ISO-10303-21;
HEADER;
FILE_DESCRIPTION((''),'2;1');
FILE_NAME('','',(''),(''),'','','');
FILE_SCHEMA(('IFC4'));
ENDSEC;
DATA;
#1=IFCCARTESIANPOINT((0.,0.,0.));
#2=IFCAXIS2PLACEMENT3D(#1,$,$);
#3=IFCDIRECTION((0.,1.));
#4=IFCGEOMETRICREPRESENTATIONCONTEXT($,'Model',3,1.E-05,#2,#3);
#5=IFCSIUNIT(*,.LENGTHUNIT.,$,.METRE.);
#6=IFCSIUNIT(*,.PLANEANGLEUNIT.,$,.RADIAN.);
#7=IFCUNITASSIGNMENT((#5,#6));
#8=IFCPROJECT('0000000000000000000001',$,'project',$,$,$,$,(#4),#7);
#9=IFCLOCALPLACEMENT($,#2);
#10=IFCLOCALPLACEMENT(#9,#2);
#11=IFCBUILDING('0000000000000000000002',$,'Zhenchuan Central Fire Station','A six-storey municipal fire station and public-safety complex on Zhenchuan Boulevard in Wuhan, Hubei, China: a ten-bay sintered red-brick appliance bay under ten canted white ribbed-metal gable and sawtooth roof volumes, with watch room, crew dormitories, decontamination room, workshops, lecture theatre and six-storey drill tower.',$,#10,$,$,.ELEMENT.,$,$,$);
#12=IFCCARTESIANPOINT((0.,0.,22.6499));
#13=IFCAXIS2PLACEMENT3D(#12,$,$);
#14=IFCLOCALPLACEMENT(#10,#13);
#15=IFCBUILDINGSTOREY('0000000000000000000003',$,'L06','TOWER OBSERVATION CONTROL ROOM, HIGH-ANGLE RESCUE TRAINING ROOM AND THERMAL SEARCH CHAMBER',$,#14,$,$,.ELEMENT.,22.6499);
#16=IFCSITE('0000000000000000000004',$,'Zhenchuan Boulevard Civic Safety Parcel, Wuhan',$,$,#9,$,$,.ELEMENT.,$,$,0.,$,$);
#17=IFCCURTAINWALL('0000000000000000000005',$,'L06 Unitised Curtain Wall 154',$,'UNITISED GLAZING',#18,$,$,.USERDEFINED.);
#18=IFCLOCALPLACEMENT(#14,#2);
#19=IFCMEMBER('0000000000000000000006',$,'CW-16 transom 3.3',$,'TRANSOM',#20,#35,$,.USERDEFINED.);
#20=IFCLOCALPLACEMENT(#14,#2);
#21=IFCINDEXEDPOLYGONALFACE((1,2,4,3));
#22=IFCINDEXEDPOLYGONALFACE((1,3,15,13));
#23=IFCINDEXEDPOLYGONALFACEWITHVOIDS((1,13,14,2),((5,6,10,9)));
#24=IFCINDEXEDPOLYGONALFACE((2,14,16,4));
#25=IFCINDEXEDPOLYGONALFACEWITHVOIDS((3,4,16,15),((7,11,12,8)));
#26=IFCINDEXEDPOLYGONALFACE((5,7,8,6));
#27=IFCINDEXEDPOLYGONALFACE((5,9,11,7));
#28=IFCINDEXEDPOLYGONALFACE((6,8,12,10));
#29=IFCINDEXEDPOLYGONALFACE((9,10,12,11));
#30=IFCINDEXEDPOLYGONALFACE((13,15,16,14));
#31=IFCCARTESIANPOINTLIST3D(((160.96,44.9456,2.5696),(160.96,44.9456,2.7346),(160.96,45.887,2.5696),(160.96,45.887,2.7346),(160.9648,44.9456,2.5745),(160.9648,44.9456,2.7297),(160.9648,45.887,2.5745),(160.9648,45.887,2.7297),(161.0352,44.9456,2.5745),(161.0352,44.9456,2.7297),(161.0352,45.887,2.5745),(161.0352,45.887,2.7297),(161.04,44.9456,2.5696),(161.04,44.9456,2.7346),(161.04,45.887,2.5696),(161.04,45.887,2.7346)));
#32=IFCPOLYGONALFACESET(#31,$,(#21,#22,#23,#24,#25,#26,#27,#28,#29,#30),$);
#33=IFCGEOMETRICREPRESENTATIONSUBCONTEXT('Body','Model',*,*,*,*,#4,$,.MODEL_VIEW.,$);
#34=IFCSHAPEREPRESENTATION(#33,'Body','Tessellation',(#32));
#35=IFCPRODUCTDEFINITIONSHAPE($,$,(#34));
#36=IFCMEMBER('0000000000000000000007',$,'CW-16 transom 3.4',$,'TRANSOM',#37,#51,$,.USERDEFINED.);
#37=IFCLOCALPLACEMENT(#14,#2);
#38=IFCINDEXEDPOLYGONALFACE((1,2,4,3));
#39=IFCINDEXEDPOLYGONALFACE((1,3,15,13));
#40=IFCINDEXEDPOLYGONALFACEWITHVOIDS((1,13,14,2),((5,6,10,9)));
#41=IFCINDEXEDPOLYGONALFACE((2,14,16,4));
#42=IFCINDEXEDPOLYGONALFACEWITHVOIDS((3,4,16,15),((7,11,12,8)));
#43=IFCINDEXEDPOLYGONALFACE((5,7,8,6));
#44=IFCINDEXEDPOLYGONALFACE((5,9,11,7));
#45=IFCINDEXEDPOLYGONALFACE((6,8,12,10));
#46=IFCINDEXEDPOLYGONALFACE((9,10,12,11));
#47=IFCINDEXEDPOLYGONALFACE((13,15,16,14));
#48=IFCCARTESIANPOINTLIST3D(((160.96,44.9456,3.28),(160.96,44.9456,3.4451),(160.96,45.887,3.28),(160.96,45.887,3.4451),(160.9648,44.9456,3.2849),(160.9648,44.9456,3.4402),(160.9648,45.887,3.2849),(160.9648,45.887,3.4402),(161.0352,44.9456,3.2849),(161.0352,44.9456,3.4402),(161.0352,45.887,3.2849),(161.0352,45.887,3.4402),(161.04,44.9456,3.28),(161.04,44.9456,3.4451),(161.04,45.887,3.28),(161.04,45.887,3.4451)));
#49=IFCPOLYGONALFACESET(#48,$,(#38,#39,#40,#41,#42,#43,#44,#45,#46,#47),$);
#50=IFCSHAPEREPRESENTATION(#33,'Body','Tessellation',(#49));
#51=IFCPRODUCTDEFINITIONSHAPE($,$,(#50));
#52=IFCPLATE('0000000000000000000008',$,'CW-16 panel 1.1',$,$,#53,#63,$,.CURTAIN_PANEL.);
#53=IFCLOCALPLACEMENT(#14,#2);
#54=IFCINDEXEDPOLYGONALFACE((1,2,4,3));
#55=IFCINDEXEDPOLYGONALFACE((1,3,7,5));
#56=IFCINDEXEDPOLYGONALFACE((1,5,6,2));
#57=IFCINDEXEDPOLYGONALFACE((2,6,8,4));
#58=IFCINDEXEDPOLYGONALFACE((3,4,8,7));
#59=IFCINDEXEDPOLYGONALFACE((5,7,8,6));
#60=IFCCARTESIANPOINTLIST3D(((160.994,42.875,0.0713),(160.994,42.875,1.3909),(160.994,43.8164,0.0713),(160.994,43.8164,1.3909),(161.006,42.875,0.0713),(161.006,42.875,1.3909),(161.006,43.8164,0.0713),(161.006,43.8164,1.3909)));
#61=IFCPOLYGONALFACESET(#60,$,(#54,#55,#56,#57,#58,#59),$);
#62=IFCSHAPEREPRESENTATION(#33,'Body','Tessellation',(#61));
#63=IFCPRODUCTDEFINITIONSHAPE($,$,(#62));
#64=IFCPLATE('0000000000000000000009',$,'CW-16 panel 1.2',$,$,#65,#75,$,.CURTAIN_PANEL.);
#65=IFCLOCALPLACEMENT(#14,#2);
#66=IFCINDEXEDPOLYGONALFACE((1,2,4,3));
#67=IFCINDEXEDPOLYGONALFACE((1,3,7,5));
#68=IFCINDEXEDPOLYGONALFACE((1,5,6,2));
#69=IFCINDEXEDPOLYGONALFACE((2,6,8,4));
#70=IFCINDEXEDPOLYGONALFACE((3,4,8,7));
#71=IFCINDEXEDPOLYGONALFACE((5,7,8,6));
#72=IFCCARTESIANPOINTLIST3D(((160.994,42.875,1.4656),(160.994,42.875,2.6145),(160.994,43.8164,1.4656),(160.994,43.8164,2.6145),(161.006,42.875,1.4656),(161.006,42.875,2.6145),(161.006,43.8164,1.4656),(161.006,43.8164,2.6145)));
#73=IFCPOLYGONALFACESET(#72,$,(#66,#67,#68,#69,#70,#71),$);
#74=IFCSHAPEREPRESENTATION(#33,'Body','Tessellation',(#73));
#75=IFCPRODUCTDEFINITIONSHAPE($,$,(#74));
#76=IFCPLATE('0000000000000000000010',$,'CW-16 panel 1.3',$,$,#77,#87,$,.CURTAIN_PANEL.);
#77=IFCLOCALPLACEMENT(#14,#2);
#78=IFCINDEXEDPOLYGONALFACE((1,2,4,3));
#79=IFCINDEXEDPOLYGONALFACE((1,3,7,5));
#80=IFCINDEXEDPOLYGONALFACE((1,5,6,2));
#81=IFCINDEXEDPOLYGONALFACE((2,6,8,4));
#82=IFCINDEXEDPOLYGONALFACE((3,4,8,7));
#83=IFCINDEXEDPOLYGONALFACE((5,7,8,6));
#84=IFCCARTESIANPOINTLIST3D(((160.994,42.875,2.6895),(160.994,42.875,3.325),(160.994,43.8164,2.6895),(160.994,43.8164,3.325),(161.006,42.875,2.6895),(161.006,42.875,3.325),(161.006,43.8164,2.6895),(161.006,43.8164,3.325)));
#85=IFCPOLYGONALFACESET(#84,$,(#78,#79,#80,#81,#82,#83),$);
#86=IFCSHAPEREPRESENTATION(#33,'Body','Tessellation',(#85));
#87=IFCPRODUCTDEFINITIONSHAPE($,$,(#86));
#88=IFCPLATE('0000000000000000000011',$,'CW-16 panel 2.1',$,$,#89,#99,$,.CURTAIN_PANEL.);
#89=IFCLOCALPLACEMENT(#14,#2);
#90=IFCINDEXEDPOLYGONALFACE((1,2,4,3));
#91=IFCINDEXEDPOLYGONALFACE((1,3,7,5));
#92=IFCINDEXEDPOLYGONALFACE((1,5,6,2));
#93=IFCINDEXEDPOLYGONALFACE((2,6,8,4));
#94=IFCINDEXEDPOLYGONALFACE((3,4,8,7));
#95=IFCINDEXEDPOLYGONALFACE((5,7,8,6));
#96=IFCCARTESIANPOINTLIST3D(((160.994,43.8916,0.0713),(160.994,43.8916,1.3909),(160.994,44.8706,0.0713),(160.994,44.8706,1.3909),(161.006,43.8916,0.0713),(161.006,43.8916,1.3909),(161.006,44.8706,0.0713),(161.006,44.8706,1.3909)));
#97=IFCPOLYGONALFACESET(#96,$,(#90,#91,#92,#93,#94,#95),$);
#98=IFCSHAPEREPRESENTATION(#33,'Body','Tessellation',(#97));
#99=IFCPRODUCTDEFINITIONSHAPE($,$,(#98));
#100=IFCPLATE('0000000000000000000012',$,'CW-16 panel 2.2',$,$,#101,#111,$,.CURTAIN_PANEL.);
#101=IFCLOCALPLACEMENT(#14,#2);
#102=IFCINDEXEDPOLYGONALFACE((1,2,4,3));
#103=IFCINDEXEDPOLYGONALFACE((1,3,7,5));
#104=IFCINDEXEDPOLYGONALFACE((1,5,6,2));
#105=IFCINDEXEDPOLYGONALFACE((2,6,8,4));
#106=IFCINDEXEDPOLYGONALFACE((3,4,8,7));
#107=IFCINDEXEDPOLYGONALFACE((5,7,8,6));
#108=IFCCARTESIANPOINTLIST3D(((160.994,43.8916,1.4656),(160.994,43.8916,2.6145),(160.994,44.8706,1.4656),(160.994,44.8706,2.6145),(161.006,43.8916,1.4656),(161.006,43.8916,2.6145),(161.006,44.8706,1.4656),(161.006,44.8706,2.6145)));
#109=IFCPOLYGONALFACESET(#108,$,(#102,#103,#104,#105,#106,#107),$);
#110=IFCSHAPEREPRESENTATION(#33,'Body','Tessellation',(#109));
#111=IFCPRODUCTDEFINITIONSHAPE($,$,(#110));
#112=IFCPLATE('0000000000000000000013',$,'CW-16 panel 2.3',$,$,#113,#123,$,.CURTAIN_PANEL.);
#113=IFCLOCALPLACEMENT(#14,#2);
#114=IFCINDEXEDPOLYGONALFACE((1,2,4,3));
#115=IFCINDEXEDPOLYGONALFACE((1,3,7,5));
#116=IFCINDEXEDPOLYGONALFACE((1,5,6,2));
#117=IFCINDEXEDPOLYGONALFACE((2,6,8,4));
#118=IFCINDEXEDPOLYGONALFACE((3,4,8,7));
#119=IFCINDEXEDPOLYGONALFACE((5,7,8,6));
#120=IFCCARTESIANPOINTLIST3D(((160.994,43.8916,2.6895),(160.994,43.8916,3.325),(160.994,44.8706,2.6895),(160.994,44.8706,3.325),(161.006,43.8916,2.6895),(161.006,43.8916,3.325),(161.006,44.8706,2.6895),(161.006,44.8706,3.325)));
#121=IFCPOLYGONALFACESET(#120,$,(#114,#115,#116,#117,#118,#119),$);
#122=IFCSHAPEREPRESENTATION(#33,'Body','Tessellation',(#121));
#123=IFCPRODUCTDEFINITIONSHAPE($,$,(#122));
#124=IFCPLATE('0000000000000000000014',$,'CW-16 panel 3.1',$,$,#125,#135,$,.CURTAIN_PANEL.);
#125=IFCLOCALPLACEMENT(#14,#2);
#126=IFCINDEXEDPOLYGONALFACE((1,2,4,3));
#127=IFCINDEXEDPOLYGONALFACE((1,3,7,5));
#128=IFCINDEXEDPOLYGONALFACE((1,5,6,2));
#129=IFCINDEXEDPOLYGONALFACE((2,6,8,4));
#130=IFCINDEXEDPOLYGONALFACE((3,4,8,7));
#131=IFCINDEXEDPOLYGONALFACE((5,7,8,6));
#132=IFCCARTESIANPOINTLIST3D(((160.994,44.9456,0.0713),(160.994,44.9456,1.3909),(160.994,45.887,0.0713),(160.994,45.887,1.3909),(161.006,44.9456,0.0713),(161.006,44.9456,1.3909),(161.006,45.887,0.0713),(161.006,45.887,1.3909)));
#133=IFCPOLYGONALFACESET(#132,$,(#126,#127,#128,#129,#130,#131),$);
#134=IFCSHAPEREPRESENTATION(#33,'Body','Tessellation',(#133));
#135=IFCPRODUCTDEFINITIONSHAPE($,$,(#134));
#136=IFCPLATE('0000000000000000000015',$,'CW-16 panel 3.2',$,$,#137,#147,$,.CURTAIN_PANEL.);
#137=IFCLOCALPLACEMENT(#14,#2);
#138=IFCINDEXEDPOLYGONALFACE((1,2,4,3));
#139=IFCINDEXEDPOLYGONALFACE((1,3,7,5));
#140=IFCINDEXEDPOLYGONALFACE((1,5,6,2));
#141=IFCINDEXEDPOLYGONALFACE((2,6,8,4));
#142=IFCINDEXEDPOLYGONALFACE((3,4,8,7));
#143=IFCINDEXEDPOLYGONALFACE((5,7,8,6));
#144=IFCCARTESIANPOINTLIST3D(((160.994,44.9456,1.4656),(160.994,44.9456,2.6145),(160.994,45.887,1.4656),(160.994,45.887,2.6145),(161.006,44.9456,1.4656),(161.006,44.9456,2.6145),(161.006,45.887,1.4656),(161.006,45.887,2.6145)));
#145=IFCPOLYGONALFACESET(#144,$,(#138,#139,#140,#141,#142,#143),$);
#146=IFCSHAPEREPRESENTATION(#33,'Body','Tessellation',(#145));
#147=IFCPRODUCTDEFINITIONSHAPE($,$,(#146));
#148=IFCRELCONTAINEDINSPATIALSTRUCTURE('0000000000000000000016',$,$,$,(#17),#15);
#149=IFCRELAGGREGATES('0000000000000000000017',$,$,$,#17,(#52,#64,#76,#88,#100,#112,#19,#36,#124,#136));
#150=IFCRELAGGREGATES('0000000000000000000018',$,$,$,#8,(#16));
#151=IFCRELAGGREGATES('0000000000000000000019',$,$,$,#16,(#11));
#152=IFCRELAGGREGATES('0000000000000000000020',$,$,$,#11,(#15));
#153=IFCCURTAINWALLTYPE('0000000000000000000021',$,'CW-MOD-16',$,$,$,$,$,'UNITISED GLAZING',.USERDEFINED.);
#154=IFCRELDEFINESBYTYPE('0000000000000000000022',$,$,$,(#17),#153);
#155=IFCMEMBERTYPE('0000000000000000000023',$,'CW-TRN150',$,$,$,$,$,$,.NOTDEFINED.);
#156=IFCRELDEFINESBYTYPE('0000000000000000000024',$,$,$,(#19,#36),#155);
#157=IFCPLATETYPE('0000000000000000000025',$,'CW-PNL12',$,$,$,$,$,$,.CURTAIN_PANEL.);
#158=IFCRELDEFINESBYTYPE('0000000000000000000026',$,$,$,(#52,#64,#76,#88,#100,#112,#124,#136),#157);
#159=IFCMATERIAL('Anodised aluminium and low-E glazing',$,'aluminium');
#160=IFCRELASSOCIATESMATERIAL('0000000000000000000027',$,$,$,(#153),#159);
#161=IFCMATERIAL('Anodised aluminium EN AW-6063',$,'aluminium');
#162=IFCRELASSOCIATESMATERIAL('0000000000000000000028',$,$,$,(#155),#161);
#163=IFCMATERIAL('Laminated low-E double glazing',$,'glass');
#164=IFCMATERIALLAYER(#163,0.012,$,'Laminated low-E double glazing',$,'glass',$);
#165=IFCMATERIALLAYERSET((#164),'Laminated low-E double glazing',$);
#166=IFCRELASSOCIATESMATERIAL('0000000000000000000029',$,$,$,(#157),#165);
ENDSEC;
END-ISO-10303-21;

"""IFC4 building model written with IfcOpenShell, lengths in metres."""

from ifc_helpers import new_model, si_unit, direction, frame, origin, origin_2d, place, context, subcontext, project, spatial, rectangle, hollow_rectangle, extrude, material, layer, layer_set, material_profile, profile_set, type_object, element, aggregate, save


model = new_model("IFC4")

# Units and contexts
model_context = context("Model", 3, precision=1e-05, world=origin(), true_north=direction((0.0, 1.0)))
body_context = subcontext(model_context, "Body", "Model", "MODEL_VIEW")
ifc_project = project(units=[si_unit("LENGTHUNIT", "METRE"), si_unit("PLANEANGLEUNIT", "RADIAN")], contexts=[model_context])

# Site, building, storey
site_placement = place(None, origin())
site = spatial("IfcSite", under=ifc_project, at=site_placement, Name="Zhenchuan Boulevard Civic Safety Parcel, Wuhan", CompositionType="ELEMENT", RefElevation=0.0)
building_placement = place(site_placement, origin())
building = spatial("IfcBuilding", under=site, at=building_placement, Name="Zhenchuan Central Fire Station", Description="A six-storey municipal fire station and public-safety complex on Zhenchuan Boulevard in Wuhan, Hubei, China: a ten-bay sintered red-brick appliance bay under ten canted white ribbed-metal gable and sawtooth roof volumes, with watch room, crew dormitories, decontamination room, workshops, lecture theatre and six-storey drill tower.", CompositionType="ELEMENT")
storey_placement = place(building_placement, frame((0.0, 0.0, 22.6499)))
storey = spatial("IfcBuildingStorey", under=building, at=storey_placement, Name="L06", Description="TOWER OBSERVATION CONTROL ROOM, HIGH-ANGLE RESCUE TRAINING ROOM AND THERMAL SEARCH CHAMBER", CompositionType="ELEMENT", Elevation=22.6499)

# Curtain wall, members, plates
ifc_material_1 = material(Name="Anodised aluminium and low-E glazing", Category="aluminium")
curtain_wall_type = type_object("IfcCurtainWallType", Name="CW-MOD-16", ElementType="UNITISED GLAZING", PredefinedType="USERDEFINED", material=ifc_material_1)
curtain_wall_placement = place(storey_placement, origin())
curtain_wall = element("IfcCurtainWall", 1, at=curtain_wall_placement, inside=storey, type_object=curtain_wall_type, Name="L06 Unitised Curtain Wall 154", ObjectType="UNITISED GLAZING", PredefinedType="USERDEFINED")
ifc_material_2 = material(Name="Anodised aluminium EN AW-6063", Category="aluminium")
ifc_material_profile_1 = material_profile(ifc_material_2, hollow_rectangle(XDim=0.0801, YDim=0.165, WallThickness=0.0049, at=origin_2d()), Name="ALU-T 165x80")
ifc_profile_set_1 = profile_set([ifc_material_profile_1], Name="Anodised aluminium EN AW-6063")
member_type_1 = type_object("IfcMemberType", Name="CW-TRN150", PredefinedType="NOTDEFINED", material=ifc_profile_set_1)
member_1_placement = place(storey_placement, frame((161.0, 44.9456, 2.6521), z_axis=(0.0, 1.0, 0.0), x_axis=(-1.0, 0.0, 0.0)))
member_1 = element("IfcMember", 2, at=member_1_placement, type_object=member_type_1, Name="CW-16 transom 3.3", ObjectType="TRANSOM", PredefinedType="USERDEFINED", context=body_context, shape_type="SweptSolid", body=[
    extrude(hollow_rectangle(XDim=0.0801, YDim=0.165, WallThickness=0.0049, at=origin_2d()), origin(), (0.0, 0.0, 1.0), 0.9414),
])
member_2_placement = place(storey_placement, frame((161.0, 44.9456, 3.3625), z_axis=(0.0, 1.0, 0.0), x_axis=(-1.0, 0.0, 0.0)))
member_2 = element("IfcMember", 3, at=member_2_placement, type_object=member_type_1, Name="CW-16 transom 3.4", ObjectType="TRANSOM", PredefinedType="USERDEFINED", context=body_context, shape_type="SweptSolid", body=[
    extrude(hollow_rectangle(XDim=0.0801, YDim=0.165, WallThickness=0.0049, at=origin_2d()), origin(), (0.0, 0.0, 1.0), 0.9414),
])
ifc_material_3 = material(Name="Laminated low-E double glazing", Category="glass")
ifc_layer = layer(ifc_material_3, 0.012, Name="Laminated low-E double glazing", Category="glass")
ifc_layer_set = layer_set([ifc_layer], Name="Laminated low-E double glazing")
plate_type = type_object("IfcPlateType", Name="CW-PNL12", PredefinedType="CURTAIN_PANEL", material=ifc_layer_set)
plate_1_placement = place(storey_placement, frame((161.0, 43.3457, 0.0713), z_axis=(0.0, 0.0, 1.0), x_axis=(0.0, 1.0, 0.0)))
plate_1 = element("IfcPlate", 4, at=plate_1_placement, type_object=plate_type, Name="CW-16 panel 1.1", PredefinedType="CURTAIN_PANEL", context=body_context, shape_type="SweptSolid", body=[
    extrude(rectangle(XDim=0.9414, YDim=0.012, at=origin_2d()), origin(), (0.0, 0.0, 1.0), 1.3196),
])
plate_2_placement = place(storey_placement, frame((161.0, 43.3457, 1.4656), z_axis=(0.0, 0.0, 1.0), x_axis=(0.0, 1.0, 0.0)))
plate_2 = element("IfcPlate", 5, at=plate_2_placement, type_object=plate_type, Name="CW-16 panel 1.2", PredefinedType="CURTAIN_PANEL", context=body_context, shape_type="SweptSolid", body=[
    extrude(rectangle(XDim=0.9414, YDim=0.012, at=origin_2d()), origin(), (0.0, 0.0, 1.0), 1.1489),
])
plate_3_placement = place(storey_placement, frame((161.0, 43.3457, 2.6895), z_axis=(0.0, 0.0, 1.0), x_axis=(0.0, 1.0, 0.0)))
plate_3 = element("IfcPlate", 6, at=plate_3_placement, type_object=plate_type, Name="CW-16 panel 1.3", PredefinedType="CURTAIN_PANEL", context=body_context, shape_type="SweptSolid", body=[
    extrude(rectangle(XDim=0.9414, YDim=0.012, at=origin_2d()), origin(), (0.0, 0.0, 1.0), 0.6355),
])
plate_4_placement = place(storey_placement, frame((161.0, 44.3811, 0.0713), z_axis=(0.0, 0.0, 1.0), x_axis=(0.0, 1.0, 0.0)))
plate_4 = element("IfcPlate", 7, at=plate_4_placement, type_object=plate_type, Name="CW-16 panel 2.1", PredefinedType="CURTAIN_PANEL", context=body_context, shape_type="SweptSolid", body=[
    extrude(rectangle(XDim=0.979, YDim=0.012, at=origin_2d()), origin(), (0.0, 0.0, 1.0), 1.3196),
])
plate_5_placement = place(storey_placement, frame((161.0, 44.3811, 1.4656), z_axis=(0.0, 0.0, 1.0), x_axis=(0.0, 1.0, 0.0)))
plate_5 = element("IfcPlate", 8, at=plate_5_placement, type_object=plate_type, Name="CW-16 panel 2.2", PredefinedType="CURTAIN_PANEL", context=body_context, shape_type="SweptSolid", body=[
    extrude(rectangle(XDim=0.979, YDim=0.012, at=origin_2d()), origin(), (0.0, 0.0, 1.0), 1.1489),
])
plate_6_placement = place(storey_placement, frame((161.0, 44.3811, 2.6895), z_axis=(0.0, 0.0, 1.0), x_axis=(0.0, 1.0, 0.0)))
plate_6 = element("IfcPlate", 9, at=plate_6_placement, type_object=plate_type, Name="CW-16 panel 2.3", PredefinedType="CURTAIN_PANEL", context=body_context, shape_type="SweptSolid", body=[
    extrude(rectangle(XDim=0.979, YDim=0.012, at=origin_2d()), origin(), (0.0, 0.0, 1.0), 0.6355),
])
plate_7_placement = place(storey_placement, frame((161.0, 45.4163, 0.0713), z_axis=(0.0, 0.0, 1.0), x_axis=(0.0, 1.0, 0.0)))
plate_7 = element("IfcPlate", 10, at=plate_7_placement, type_object=plate_type, Name="CW-16 panel 3.1", PredefinedType="CURTAIN_PANEL", context=body_context, shape_type="SweptSolid", body=[
    extrude(rectangle(XDim=0.9414, YDim=0.012, at=origin_2d()), origin(), (0.0, 0.0, 1.0), 1.3196),
])
plate_8_placement = place(storey_placement, frame((161.0, 45.4163, 1.4656), z_axis=(0.0, 0.0, 1.0), x_axis=(0.0, 1.0, 0.0)))
plate_8 = element("IfcPlate", 11, at=plate_8_placement, type_object=plate_type, Name="CW-16 panel 3.2", PredefinedType="CURTAIN_PANEL", context=body_context, shape_type="SweptSolid", body=[
    extrude(rectangle(XDim=0.9414, YDim=0.012, at=origin_2d()), origin(), (0.0, 0.0, 1.0), 1.1489),
])
aggregate(curtain_wall, [plate_1, plate_2, plate_3, plate_4, plate_5, plate_6, member_1, member_2, plate_7, plate_8])

save(model, "model.ifc")
